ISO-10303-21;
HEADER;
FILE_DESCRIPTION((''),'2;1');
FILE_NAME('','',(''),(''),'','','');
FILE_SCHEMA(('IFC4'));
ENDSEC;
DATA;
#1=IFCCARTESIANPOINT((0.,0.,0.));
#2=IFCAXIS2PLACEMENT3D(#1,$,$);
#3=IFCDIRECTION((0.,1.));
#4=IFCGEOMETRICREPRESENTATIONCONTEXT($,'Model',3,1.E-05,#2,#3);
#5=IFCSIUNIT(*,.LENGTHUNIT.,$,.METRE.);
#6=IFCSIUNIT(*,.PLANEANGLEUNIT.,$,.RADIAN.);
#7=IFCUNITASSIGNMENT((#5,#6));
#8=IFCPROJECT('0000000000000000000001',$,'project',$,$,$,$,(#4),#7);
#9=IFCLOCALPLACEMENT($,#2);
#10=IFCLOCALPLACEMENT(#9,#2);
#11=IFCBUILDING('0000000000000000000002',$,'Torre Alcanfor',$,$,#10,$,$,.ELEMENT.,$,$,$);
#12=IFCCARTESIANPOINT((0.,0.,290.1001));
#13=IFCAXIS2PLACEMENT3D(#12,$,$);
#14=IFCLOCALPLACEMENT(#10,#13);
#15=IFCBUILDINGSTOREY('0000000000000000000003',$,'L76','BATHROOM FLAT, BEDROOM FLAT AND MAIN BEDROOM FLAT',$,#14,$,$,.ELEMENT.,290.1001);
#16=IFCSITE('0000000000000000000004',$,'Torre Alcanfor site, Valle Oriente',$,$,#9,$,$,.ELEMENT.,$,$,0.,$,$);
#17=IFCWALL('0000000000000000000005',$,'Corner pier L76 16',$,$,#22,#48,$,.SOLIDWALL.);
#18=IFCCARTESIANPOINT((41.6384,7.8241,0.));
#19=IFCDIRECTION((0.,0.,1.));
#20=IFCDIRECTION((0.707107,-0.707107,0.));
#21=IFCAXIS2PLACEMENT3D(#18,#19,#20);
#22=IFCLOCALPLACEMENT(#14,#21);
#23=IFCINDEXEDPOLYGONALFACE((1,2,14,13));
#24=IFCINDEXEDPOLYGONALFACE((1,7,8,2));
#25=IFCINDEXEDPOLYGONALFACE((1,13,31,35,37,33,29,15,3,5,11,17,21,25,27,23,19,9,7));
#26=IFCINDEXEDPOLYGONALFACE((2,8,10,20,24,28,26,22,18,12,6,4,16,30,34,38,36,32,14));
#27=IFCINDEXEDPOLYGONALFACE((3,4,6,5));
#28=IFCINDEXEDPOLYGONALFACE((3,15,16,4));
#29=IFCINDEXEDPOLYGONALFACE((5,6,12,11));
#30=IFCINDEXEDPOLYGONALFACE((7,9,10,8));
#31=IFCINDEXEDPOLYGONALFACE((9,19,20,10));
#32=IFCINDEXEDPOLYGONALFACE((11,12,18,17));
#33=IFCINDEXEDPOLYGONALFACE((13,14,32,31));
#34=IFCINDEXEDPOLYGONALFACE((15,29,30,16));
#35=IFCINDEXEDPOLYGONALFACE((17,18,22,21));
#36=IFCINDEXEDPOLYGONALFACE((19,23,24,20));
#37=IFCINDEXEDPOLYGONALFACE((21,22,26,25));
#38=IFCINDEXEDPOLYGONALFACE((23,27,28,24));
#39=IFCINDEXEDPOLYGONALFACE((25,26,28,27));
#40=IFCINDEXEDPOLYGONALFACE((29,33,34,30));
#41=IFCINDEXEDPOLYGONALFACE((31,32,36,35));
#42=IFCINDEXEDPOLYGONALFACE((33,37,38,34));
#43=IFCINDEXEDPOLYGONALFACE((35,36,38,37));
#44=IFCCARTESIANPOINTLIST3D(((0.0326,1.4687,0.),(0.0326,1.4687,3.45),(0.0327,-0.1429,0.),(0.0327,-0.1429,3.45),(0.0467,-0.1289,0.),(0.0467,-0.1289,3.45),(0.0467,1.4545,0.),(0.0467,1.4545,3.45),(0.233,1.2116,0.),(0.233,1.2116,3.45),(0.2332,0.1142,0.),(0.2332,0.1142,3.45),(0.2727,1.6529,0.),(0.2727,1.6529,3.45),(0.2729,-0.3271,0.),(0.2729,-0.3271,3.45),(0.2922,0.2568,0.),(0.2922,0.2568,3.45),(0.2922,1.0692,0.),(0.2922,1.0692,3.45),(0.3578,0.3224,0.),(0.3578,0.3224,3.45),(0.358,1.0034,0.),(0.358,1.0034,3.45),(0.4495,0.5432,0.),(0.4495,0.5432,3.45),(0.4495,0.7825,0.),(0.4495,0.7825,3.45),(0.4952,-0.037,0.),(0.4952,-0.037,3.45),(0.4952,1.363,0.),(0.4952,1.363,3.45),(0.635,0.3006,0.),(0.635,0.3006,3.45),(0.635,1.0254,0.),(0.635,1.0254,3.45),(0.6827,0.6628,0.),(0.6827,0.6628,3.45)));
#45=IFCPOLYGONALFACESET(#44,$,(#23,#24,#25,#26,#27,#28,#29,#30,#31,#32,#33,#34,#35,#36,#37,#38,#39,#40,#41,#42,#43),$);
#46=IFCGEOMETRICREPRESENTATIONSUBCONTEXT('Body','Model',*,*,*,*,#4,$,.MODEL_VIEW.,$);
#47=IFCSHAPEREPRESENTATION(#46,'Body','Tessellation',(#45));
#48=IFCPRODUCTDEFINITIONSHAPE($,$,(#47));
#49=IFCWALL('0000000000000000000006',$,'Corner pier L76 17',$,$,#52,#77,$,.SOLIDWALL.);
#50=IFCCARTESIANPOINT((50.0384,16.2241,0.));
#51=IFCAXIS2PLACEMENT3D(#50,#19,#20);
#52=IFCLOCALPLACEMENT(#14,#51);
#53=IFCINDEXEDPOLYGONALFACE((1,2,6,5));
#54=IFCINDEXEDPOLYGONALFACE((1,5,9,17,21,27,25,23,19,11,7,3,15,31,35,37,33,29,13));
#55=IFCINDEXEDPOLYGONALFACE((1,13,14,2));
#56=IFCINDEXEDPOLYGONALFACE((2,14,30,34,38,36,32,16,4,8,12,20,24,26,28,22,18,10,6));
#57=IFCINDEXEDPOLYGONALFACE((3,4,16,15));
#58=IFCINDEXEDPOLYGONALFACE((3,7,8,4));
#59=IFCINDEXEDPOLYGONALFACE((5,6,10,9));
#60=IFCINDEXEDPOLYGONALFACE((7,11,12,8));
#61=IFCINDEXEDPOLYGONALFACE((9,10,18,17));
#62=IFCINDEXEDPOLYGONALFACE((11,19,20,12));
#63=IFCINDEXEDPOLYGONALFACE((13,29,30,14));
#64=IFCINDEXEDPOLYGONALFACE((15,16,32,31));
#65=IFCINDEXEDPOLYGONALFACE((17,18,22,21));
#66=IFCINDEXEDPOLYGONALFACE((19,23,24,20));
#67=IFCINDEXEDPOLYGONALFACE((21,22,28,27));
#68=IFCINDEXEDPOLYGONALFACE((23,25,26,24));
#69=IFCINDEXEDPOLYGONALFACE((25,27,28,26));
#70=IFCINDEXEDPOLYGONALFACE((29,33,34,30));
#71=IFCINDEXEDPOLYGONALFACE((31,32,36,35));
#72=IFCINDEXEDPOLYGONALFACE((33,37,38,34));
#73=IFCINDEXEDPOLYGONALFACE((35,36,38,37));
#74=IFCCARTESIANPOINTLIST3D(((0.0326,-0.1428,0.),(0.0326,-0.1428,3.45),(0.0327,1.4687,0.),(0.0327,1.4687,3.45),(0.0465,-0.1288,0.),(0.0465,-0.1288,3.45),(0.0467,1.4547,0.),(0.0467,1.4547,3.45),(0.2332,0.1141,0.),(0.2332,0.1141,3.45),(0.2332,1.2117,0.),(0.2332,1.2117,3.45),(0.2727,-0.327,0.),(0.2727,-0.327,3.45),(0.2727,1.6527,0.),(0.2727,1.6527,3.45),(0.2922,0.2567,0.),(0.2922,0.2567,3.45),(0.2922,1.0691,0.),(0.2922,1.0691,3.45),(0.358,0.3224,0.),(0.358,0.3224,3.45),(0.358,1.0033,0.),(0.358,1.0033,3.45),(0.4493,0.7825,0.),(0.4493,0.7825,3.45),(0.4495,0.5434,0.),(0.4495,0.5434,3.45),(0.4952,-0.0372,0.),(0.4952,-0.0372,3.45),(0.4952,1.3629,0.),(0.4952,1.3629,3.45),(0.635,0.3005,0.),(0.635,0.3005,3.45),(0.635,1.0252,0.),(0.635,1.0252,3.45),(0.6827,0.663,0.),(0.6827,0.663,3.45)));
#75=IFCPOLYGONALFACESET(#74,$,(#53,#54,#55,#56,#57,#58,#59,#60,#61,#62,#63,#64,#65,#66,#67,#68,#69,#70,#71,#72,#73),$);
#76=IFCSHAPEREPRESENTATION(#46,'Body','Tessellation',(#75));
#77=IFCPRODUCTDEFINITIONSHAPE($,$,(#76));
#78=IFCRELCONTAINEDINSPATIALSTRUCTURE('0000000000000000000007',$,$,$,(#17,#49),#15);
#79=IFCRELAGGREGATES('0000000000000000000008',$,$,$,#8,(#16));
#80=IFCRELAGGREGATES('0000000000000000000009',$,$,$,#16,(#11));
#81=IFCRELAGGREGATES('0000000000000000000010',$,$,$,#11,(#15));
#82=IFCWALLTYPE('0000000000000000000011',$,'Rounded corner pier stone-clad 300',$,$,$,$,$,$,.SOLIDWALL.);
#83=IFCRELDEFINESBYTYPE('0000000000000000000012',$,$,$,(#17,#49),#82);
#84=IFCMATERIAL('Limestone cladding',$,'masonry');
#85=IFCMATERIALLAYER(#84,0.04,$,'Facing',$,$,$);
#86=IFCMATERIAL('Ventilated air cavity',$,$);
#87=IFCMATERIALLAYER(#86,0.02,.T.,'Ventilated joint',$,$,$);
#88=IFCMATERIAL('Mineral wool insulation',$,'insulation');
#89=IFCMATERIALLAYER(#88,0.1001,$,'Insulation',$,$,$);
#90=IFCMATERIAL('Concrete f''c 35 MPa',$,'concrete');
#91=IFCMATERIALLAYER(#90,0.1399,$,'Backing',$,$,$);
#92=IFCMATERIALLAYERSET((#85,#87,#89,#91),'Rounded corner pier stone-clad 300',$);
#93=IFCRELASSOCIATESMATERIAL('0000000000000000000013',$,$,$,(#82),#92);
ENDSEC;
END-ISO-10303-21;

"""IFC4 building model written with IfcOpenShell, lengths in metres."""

from ifc_helpers import new_model, si_unit, direction, frame, origin, place, context, subcontext, project, spatial, polyline, outline, extrude, material, layer, layer_set, type_object, element, save


model = new_model("IFC4")

# Units and contexts
model_context = context("Model", 3, precision=1e-05, world=origin(), true_north=direction((0.0, 1.0)))
body_context = subcontext(model_context, "Body", "Model", "MODEL_VIEW")
ifc_project = project(units=[si_unit("LENGTHUNIT", "METRE"), si_unit("PLANEANGLEUNIT", "RADIAN")], contexts=[model_context])

# Site, building, storey
site_placement = place(None, origin())
site = spatial("IfcSite", under=ifc_project, at=site_placement, Name="Torre Alcanfor site, Valle Oriente", CompositionType="ELEMENT", RefElevation=0.0)
building_placement = place(site_placement, origin())
building = spatial("IfcBuilding", under=site, at=building_placement, Name="Torre Alcanfor", CompositionType="ELEMENT")
storey_placement = place(building_placement, frame((0.0, 0.0, 290.1001)))
storey = spatial("IfcBuildingStorey", under=building, at=storey_placement, Name="L76", Description="BATHROOM FLAT, BEDROOM FLAT AND MAIN BEDROOM FLAT", CompositionType="ELEMENT", Elevation=290.1001)

# Shared definitions
ifc_material_1 = material(Name="Limestone cladding", Category="masonry")
ifc_material_2 = material(Name="Ventilated air cavity")
ifc_material_3 = material(Name="Mineral wool insulation", Category="insulation")
ifc_material_4 = material(Name="Concrete f'c 35 MPa", Category="concrete")

# Walls
ifc_layer_1 = layer(ifc_material_1, 0.04, Name="Facing")
ifc_layer_2 = layer(ifc_material_2, 0.02, ventilated=True, Name="Ventilated joint")
ifc_layer_3 = layer(ifc_material_3, 0.1001, Name="Insulation")
ifc_layer_4 = layer(ifc_material_4, 0.1399, Name="Backing")
ifc_layer_set_1 = layer_set([ifc_layer_1, ifc_layer_2, ifc_layer_3, ifc_layer_4], Name="Rounded corner pier stone-clad 300")
wall_type_1 = type_object("IfcWallType", Name="Rounded corner pier stone-clad 300", PredefinedType="SOLIDWALL", material=ifc_layer_set_1)
wall_1_placement = place(storey_placement, frame((41.6384, 7.8241, 0.0), z_axis=(0.0, 0.0, 1.0), x_axis=(0.707107, -0.707107, 0.0)))
element("IfcWall", 1, at=wall_1_placement, inside=storey, type_object=wall_type_1, Name="Corner pier L76 16", PredefinedType="SOLIDWALL", context=body_context, shape_type="SweptSolid", body=[
    extrude(outline(polyline([(0.0326, 1.4687), (0.0467, 1.4545), (0.233, 1.2116), (0.2922, 1.0692), (0.358, 1.0034), (0.4495, 0.7825), (0.4495, 0.5432), (0.3578, 0.3224), (0.2922, 0.2568), (0.2332, 0.1142), (0.0467, -0.1289), (0.0327, -0.1429), (0.2729, -0.3271), (0.4952, -0.037), (0.635, 0.3006), (0.6827, 0.6628), (0.635, 1.0254), (0.4952, 1.363), (0.2727, 1.6529), (0.0326, 1.4687)])), origin(), (0.0, 0.0, 1.0), 3.45),
])
wall_2_placement = place(storey_placement, frame((50.0384, 16.2241, 0.0), z_axis=(0.0, 0.0, 1.0), x_axis=(0.707107, -0.707107, 0.0)))
element("IfcWall", 2, at=wall_2_placement, inside=storey, type_object=wall_type_1, Name="Corner pier L76 17", PredefinedType="SOLIDWALL", context=body_context, shape_type="SweptSolid", body=[
    extrude(outline(polyline([(0.0467, 1.4547), (0.2332, 1.2117), (0.2922, 1.0691), (0.358, 1.0033), (0.4493, 0.7825), (0.4495, 0.5434), (0.358, 0.3224), (0.2922, 0.2567), (0.2332, 0.1141), (0.0465, -0.1288), (0.0326, -0.1428), (0.2727, -0.327), (0.4952, -0.0372), (0.635, 0.3005), (0.6827, 0.663), (0.635, 1.0252), (0.4952, 1.3629), (0.2727, 1.6527), (0.0327, 1.4687), (0.0467, 1.4547)])), origin(), (0.0, 0.0, 1.0), 3.45),
])

save(model, "model.ifc")
